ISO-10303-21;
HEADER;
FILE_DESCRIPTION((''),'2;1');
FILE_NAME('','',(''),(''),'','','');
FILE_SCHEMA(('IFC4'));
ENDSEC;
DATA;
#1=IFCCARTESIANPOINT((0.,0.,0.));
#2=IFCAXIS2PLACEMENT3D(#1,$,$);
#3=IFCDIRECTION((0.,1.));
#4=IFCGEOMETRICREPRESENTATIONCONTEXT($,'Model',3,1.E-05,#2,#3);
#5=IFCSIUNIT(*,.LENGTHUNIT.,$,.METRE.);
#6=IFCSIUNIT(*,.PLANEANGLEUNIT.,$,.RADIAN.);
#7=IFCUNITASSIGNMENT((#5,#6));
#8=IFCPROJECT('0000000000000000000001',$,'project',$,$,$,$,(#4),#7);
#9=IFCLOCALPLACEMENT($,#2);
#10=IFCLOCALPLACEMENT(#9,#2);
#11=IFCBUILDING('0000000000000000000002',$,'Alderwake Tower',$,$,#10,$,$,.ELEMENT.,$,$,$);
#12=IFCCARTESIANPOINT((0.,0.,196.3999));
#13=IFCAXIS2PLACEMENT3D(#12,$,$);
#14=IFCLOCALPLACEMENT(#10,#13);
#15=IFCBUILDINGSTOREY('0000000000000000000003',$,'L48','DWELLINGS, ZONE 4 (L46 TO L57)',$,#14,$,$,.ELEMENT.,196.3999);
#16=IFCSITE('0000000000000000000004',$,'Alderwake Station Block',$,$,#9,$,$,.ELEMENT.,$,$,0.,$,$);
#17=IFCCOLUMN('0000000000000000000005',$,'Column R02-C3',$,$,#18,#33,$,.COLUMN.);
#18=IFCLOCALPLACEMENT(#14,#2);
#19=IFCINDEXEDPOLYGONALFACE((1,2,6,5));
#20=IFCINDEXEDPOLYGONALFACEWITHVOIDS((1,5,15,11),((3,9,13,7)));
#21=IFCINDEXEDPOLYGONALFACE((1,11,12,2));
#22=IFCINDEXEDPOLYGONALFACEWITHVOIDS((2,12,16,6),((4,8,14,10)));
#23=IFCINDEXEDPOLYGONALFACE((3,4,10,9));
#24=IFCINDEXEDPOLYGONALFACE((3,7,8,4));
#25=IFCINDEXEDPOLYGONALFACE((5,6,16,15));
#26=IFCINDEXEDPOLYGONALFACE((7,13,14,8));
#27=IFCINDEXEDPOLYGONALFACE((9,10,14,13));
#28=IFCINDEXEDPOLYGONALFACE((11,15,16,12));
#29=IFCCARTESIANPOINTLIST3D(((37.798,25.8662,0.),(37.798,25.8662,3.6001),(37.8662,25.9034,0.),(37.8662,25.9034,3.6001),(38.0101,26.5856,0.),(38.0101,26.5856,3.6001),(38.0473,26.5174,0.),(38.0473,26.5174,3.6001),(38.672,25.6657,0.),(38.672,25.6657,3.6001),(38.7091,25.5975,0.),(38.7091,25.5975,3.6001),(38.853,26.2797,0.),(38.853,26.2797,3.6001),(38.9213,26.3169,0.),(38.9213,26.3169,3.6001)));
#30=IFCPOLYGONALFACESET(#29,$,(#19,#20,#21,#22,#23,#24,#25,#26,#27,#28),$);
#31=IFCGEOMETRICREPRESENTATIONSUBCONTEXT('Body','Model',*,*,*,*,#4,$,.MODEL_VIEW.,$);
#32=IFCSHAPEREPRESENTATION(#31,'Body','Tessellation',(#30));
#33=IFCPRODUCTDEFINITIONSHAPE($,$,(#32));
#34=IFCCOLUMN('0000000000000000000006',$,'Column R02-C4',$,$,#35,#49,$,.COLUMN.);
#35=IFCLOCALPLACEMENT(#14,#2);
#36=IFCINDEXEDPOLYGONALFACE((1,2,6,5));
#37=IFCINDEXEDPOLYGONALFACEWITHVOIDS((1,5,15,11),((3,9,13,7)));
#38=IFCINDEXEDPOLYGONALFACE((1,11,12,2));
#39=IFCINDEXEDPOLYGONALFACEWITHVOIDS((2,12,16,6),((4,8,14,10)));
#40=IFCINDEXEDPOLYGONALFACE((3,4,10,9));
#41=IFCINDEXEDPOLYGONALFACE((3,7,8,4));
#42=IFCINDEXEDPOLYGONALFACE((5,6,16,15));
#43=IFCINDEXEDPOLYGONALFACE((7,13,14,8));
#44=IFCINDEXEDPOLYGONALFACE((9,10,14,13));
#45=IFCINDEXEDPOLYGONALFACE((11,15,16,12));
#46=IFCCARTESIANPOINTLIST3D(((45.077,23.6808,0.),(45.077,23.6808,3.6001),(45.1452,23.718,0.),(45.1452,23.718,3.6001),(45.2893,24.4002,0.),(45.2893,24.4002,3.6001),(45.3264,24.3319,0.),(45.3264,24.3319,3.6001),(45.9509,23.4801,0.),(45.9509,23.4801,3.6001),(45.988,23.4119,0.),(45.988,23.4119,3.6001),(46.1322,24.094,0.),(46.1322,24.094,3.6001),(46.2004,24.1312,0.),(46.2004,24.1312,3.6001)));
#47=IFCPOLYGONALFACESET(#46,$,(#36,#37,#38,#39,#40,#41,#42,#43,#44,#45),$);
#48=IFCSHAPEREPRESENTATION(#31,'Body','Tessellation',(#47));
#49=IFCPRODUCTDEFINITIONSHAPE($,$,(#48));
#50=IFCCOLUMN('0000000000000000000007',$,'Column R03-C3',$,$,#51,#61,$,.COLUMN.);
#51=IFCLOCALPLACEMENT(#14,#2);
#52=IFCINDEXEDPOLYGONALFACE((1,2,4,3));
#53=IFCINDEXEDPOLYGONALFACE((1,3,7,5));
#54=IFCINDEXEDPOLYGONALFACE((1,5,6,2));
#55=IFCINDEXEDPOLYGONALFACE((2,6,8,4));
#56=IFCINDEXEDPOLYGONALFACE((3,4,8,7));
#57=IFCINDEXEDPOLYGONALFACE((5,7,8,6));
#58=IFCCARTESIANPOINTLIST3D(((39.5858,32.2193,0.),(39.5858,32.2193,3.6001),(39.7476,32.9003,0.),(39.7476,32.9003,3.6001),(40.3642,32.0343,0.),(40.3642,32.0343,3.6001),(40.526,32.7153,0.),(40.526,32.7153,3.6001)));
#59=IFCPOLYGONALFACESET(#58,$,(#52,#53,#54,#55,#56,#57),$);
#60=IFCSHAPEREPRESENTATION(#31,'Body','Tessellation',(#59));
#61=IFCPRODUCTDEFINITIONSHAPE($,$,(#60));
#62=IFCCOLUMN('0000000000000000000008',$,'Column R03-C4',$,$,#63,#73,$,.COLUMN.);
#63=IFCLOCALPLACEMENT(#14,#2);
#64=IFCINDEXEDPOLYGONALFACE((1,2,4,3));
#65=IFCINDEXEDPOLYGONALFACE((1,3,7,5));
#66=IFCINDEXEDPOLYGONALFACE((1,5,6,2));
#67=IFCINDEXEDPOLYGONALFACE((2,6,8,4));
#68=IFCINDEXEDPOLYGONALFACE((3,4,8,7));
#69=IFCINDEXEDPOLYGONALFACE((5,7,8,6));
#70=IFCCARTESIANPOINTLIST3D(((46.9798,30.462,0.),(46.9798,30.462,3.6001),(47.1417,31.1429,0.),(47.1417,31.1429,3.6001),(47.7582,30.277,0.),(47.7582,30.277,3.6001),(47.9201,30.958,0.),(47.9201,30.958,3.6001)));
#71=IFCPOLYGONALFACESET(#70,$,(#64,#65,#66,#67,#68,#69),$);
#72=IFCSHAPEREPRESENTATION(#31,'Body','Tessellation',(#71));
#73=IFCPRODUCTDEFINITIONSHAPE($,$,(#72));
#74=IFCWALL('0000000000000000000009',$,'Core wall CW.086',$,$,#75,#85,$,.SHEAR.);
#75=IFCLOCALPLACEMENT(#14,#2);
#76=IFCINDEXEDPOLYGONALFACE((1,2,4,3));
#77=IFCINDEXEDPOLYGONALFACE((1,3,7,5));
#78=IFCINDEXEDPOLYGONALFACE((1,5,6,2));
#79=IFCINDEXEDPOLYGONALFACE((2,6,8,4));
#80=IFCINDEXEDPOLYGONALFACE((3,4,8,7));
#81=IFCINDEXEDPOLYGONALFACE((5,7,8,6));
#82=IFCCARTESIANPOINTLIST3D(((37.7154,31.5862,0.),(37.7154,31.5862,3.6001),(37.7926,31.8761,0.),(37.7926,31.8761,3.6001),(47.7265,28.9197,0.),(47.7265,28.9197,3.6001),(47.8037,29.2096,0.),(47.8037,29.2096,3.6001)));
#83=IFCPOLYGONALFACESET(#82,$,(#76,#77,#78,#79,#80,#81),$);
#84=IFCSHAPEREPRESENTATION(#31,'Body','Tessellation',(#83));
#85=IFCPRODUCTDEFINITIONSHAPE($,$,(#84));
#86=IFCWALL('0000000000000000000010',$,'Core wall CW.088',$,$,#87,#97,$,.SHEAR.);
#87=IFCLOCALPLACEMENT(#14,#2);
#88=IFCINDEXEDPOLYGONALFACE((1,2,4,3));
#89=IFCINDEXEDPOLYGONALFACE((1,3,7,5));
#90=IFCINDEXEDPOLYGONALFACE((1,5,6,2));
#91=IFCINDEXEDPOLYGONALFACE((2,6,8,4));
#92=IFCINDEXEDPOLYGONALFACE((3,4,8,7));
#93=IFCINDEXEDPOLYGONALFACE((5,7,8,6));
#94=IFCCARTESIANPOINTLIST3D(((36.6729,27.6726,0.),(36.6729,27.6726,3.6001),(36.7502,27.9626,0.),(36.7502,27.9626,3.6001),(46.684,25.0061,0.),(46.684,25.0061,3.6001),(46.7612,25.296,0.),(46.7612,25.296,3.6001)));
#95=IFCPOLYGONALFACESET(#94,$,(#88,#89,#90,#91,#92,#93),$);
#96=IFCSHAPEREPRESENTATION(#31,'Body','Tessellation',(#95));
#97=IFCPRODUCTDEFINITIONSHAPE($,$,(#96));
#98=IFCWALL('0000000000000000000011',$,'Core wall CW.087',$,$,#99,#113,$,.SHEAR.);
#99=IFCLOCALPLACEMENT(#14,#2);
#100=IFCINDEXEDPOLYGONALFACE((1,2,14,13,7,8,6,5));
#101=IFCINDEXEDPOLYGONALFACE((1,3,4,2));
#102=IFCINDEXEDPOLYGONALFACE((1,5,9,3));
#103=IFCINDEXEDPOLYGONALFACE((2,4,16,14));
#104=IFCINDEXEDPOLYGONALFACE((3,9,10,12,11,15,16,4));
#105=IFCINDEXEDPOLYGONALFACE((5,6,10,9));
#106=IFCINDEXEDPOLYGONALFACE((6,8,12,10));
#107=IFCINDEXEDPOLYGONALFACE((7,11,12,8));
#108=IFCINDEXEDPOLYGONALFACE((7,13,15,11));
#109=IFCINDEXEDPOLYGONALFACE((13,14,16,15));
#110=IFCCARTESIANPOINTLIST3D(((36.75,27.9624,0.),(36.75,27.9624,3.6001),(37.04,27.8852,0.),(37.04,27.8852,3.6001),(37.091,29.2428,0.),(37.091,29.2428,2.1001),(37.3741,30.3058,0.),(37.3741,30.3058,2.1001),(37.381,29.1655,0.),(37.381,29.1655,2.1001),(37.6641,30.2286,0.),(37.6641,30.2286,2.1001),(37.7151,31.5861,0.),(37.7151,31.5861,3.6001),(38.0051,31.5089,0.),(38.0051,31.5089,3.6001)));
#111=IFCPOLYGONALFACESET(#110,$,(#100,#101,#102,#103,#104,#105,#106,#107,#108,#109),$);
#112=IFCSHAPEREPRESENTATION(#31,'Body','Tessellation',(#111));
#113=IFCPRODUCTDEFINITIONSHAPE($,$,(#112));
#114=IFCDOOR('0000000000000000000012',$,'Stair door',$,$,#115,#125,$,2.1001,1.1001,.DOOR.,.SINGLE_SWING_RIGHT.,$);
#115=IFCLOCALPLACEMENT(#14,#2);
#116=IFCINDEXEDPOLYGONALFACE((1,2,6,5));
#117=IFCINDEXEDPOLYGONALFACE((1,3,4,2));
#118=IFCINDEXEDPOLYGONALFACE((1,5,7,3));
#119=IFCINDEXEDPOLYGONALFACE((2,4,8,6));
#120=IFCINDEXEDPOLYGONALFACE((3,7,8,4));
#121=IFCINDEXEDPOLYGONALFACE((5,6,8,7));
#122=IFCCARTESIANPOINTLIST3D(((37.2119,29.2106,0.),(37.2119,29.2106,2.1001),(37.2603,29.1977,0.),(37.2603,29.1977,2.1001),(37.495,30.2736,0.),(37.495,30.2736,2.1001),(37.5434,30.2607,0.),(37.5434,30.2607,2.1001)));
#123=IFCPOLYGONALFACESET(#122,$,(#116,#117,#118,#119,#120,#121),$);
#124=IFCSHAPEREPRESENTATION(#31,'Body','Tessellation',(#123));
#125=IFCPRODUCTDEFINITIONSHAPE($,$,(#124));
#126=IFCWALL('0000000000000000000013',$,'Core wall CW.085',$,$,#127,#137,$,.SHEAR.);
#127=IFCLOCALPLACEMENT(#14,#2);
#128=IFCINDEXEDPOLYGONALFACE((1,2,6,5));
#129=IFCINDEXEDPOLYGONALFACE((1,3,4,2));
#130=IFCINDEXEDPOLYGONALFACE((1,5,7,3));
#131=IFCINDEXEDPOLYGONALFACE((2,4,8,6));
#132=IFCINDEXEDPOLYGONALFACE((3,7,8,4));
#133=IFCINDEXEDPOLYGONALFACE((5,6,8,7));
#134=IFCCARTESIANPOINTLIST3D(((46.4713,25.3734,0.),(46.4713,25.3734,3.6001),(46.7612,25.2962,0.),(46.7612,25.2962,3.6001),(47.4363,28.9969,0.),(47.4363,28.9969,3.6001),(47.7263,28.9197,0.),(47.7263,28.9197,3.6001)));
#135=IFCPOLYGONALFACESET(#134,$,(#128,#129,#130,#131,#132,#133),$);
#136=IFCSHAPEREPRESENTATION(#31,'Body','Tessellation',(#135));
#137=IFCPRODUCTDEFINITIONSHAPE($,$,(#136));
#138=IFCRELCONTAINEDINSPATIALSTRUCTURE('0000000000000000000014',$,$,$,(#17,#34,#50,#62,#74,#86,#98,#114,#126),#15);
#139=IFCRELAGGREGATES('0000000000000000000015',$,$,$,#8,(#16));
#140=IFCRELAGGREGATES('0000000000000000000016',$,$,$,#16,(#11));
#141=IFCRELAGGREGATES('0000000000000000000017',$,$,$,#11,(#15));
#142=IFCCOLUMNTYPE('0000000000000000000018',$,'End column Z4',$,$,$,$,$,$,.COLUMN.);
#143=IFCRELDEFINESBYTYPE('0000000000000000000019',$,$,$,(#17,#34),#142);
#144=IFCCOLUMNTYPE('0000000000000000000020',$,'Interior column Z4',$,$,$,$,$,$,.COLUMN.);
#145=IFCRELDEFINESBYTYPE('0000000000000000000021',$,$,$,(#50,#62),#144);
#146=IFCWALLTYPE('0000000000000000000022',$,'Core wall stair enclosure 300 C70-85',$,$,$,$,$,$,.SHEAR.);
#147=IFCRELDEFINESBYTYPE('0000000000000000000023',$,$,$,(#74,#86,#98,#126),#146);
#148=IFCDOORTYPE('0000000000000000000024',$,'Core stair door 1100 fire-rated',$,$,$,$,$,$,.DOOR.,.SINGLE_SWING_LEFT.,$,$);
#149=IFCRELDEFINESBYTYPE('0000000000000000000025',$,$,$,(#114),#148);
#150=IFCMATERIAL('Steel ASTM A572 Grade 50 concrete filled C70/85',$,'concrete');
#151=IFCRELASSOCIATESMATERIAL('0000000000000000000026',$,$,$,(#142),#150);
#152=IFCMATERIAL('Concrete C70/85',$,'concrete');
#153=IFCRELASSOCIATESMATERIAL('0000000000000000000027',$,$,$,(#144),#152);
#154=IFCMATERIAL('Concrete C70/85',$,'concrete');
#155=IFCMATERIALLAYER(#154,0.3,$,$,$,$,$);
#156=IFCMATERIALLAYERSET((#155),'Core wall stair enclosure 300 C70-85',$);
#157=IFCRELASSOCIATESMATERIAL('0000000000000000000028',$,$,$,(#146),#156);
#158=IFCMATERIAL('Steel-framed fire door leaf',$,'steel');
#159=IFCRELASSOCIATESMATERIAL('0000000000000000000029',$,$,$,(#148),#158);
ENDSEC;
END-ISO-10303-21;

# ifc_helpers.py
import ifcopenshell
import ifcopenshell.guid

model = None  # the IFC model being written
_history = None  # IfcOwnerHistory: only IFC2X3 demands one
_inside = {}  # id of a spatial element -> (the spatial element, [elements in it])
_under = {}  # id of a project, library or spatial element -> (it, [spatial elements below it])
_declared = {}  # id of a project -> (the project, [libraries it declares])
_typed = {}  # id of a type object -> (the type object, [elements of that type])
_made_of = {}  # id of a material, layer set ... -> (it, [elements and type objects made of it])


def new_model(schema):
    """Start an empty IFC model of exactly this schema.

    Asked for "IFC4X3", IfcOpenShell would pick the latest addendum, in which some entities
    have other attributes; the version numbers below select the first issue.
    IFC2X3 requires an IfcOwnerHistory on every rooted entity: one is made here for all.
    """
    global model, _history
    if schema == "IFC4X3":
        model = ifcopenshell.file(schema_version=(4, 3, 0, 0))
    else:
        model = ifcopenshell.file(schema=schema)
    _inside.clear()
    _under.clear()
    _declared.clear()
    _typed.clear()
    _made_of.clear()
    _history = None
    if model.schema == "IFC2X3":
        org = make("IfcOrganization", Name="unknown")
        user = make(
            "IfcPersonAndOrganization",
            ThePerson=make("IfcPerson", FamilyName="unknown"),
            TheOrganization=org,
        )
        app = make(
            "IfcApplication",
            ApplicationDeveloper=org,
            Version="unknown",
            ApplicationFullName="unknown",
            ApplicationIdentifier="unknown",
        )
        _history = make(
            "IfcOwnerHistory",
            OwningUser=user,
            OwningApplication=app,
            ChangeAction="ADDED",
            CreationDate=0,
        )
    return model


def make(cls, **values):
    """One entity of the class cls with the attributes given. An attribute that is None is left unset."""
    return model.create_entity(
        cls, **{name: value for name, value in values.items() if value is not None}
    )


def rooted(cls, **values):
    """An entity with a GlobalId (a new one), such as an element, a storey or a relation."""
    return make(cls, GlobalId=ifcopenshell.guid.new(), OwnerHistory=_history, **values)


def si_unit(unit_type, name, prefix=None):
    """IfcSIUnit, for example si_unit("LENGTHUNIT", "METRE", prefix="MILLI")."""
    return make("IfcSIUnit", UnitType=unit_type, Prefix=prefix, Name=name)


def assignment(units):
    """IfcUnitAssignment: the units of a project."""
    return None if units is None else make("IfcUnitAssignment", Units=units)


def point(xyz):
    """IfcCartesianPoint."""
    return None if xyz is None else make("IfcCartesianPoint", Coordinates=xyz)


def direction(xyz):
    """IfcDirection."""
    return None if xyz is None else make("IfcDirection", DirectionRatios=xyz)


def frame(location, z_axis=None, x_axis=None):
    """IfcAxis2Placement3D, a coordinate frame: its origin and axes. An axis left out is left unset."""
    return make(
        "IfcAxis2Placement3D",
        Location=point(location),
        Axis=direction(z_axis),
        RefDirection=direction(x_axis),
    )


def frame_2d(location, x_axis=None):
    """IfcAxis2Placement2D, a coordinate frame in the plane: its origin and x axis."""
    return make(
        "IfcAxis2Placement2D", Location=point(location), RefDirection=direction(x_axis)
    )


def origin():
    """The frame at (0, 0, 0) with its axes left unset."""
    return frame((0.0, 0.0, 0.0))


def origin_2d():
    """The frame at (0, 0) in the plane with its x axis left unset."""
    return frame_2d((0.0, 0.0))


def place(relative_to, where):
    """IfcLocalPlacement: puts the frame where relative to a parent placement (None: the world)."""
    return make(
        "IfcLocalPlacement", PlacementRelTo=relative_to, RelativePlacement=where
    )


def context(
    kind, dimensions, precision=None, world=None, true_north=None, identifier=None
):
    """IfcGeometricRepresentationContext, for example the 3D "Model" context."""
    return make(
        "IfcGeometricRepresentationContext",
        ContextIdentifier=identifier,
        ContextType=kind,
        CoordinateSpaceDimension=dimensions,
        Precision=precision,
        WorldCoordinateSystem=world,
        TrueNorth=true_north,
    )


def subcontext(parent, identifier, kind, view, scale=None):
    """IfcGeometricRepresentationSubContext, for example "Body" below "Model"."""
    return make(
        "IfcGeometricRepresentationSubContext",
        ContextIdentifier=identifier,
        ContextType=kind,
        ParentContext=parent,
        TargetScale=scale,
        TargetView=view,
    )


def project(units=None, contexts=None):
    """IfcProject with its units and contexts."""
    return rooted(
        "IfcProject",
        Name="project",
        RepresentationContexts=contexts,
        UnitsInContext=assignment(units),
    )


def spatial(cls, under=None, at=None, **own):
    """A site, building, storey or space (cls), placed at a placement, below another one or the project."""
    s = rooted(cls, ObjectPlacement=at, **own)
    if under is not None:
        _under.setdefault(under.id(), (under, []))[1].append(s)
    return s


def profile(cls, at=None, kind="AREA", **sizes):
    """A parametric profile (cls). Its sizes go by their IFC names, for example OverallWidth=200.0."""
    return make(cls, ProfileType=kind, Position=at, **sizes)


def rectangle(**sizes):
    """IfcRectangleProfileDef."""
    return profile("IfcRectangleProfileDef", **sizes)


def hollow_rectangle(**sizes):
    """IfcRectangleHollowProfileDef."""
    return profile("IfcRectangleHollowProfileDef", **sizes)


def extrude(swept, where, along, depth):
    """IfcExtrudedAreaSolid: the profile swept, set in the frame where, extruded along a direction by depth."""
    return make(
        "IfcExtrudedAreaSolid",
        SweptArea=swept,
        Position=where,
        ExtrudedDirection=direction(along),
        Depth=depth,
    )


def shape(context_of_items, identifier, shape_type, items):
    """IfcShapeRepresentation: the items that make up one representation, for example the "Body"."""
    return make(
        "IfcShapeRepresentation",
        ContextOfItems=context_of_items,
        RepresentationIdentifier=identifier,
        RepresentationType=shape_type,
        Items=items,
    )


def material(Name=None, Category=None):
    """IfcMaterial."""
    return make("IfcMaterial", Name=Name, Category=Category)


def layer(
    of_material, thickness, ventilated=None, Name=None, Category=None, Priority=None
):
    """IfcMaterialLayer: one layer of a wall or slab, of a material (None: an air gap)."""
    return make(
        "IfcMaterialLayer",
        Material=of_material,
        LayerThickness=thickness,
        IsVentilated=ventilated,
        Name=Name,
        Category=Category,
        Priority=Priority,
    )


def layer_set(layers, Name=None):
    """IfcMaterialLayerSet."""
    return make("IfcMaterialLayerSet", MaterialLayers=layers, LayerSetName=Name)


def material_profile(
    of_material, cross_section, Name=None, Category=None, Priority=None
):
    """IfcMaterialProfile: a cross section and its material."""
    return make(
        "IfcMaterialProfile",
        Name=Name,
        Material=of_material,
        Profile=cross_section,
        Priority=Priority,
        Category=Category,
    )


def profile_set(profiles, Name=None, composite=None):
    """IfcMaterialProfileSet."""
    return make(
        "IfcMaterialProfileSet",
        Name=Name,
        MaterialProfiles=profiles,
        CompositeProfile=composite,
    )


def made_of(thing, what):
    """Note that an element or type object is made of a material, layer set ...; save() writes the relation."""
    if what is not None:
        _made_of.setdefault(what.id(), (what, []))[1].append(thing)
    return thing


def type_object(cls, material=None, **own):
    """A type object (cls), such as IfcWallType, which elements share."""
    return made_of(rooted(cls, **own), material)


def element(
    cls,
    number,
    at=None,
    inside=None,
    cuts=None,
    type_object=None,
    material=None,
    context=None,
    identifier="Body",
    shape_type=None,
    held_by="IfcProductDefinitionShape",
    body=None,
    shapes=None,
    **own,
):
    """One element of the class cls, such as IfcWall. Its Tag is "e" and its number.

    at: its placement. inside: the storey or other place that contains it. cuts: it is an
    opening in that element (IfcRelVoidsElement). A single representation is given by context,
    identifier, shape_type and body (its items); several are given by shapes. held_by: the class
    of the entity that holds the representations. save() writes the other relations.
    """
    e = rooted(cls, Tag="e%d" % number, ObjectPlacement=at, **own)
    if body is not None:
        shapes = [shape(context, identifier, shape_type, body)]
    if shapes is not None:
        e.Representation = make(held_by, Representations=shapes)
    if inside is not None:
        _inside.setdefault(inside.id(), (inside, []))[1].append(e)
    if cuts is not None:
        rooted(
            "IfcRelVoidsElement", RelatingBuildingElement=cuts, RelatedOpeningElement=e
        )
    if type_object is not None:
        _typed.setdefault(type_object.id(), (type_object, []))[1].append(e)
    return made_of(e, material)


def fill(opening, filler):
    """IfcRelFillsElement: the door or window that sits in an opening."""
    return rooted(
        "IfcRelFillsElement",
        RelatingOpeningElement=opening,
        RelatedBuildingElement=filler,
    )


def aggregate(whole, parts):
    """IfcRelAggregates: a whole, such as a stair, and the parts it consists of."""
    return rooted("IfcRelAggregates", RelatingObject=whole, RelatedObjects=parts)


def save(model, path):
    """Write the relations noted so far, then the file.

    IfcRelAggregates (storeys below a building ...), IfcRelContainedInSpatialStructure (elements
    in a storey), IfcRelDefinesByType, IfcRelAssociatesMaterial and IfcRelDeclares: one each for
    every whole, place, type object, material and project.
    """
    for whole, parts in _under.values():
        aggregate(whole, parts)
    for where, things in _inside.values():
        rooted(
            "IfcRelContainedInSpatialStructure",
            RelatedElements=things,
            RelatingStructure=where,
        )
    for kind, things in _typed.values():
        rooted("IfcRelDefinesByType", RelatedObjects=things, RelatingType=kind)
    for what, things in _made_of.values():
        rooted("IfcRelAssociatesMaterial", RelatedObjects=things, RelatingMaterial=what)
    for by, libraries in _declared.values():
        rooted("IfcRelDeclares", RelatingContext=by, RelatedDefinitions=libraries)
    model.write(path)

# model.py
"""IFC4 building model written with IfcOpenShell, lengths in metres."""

from ifc_helpers import new_model, si_unit, direction, frame, frame_2d, origin, origin_2d, place, context, subcontext, project, spatial, rectangle, hollow_rectangle, extrude, material, layer, layer_set, material_profile, profile_set, type_object, element, fill, save


model = new_model("IFC4")

# Units and contexts
model_context = context("Model", 3, precision=1e-05, world=origin(), true_north=direction((0.0, 1.0)))
body_context = subcontext(model_context, "Body", "Model", "MODEL_VIEW")
ifc_project = project(units=[si_unit("LENGTHUNIT", "METRE"), si_unit("PLANEANGLEUNIT", "RADIAN")], contexts=[model_context])

# Site, building, storey
site_placement = place(None, origin())
site = spatial("IfcSite", under=ifc_project, at=site_placement, Name="Alderwake Station Block", CompositionType="ELEMENT", RefElevation=0.0)
building_placement = place(site_placement, origin())
building = spatial("IfcBuilding", under=site, at=building_placement, Name="Alderwake Tower", CompositionType="ELEMENT")
storey_placement = place(building_placement, frame((0.0, 0.0, 196.3999)))
storey = spatial("IfcBuildingStorey", under=building, at=storey_placement, Name="L48", Description="DWELLINGS, ZONE 4 (L46 TO L57)", CompositionType="ELEMENT", Elevation=196.3999)

# Columns
ifc_material_1 = material(Name="Steel ASTM A572 Grade 50 concrete filled C70/85", Category="concrete")
ifc_material_profile_1 = material_profile(ifc_material_1, hollow_rectangle(XDim=0.75, YDim=0.95, WallThickness=0.0549, at=origin_2d()), Name="BOX 950X750X55")
ifc_profile_set_1 = profile_set([ifc_material_profile_1], Name="Steel ASTM A572 Grade 50 concrete filled C70/85")
column_type_1 = type_object("IfcColumnType", Name="End column Z4", PredefinedType="COLUMN", material=ifc_profile_set_1)
for number, where, z_axis, x_axis, name in (
    (1, (38.3596, 26.0916, 0.0), (0.0, 0.0, 1.0), (0.282889, 0.959153, 0.0), "Column R02-C3"),
    (2, (45.6387, 23.906, 0.0), (0.0, 0.0, 1.0), (0.28316, 0.959073, 0.0), "Column R02-C4"),
):
    element("IfcColumn", number, at=place(storey_placement, frame(where, z_axis=z_axis, x_axis=x_axis)), inside=storey, type_object=column_type_1, Name=name, PredefinedType="COLUMN", context=body_context, shape_type="SweptSolid", body=[
        extrude(hollow_rectangle(XDim=0.75, YDim=0.95, WallThickness=0.0549, at=origin_2d()), origin(), (0.0, 0.0, 1.0), 3.6001),
    ])
ifc_material_2 = material(Name="Concrete C70/85", Category="concrete")
ifc_material_profile_2 = material_profile(ifc_material_2, rectangle(XDim=0.7, YDim=0.8, at=origin_2d()), Name="RC 800X700")
ifc_profile_set_2 = profile_set([ifc_material_profile_2], Name="Concrete C70/85")
column_type_2 = type_object("IfcColumnType", Name="Interior column Z4", PredefinedType="COLUMN", material=ifc_profile_set_2)
for number, where, z_axis, x_axis, name in (
    (3, (40.0559, 32.4673, 0.0), (0.0, 0.0, 1.0), (0.231222, 0.972901, 0.0), "Column R03-C3"),
    (4, (47.45, 30.71, 0.0), (0.0, 0.0, 1.0), (0.231222, 0.972901, 0.0), "Column R03-C4"),
):
    element("IfcColumn", number, at=place(storey_placement, frame(where, z_axis=z_axis, x_axis=x_axis)), inside=storey, type_object=column_type_2, Name=name, PredefinedType="COLUMN", context=body_context, shape_type="SweptSolid", body=[
        extrude(rectangle(XDim=0.7, YDim=0.8, at=origin_2d()), origin(), (0.0, 0.0, 1.0), 3.6001),
    ])

# Walls
ifc_material_3 = material(Name="Concrete C70/85", Category="concrete")
ifc_layer_1 = layer(ifc_material_3, 0.3)
ifc_layer_set_1 = layer_set([ifc_layer_1], Name="Core wall stair enclosure 300 C70-85")
wall_type_1 = type_object("IfcWallType", Name="Core wall stair enclosure 300 C70-85", PredefinedType="SHEAR", material=ifc_layer_set_1)
for number, where, z_axis, x_axis, name in (
    (5, (37.7539, 31.7312, 0.0), (0.0, 0.0, 1.0), (0.966309, -0.257384, 0.0), "Core wall CW.086"),
    (6, (36.7114, 27.8176, 0.0), (0.0, 0.0, 1.0), (0.966309, -0.257384, 0.0), "Core wall CW.088"),
):
    element("IfcWall", number, at=place(storey_placement, frame(where, z_axis=z_axis, x_axis=x_axis)), inside=storey, type_object=wall_type_1, Name=name, PredefinedType="SHEAR", context=body_context, shape_type="SweptSolid", body=[
        extrude(rectangle(XDim=10.3601, YDim=0.3, at=frame_2d((5.1802, 0.0))), origin(), (0.0, 0.0, 1.0), 3.6001),
    ])

# Wall, opening, door
wall_1_placement = place(storey_placement, frame((36.895, 27.9238, 0.0), z_axis=(0.0, 0.0, 1.0), x_axis=(0.257351, 0.966318, 0.0)))
wall_1 = element("IfcWall", 7, at=wall_1_placement, inside=storey, type_object=wall_type_1, Name="Core wall CW.087", PredefinedType="SHEAR", context=body_context, shape_type="SweptSolid", body=[
    extrude(rectangle(XDim=3.75, YDim=0.3, at=frame_2d((1.875, 0.0))), origin(), (0.0, 0.0, 1.0), 3.6001),
])
opening_1_placement = place(wall_1_placement, frame((1.325, 0.0, 0.0)))
opening_1 = element("IfcOpeningElement", 8, at=opening_1_placement, cuts=wall_1, PredefinedType="OPENING", context=body_context, shape_type="SweptSolid", body=[
    extrude(rectangle(XDim=1.1001, YDim=2.1001, at=frame_2d((0.55, 1.05))), frame((0.0, 0.1599, 0.0), z_axis=(0.0, -1.0, 0.0), x_axis=(1.0, 0.0, 0.0)), (0.0, 0.0, 1.0), 0.3201),
])
ifc_material_4 = material(Name="Steel-framed fire door leaf", Category="steel")
door_type = type_object("IfcDoorType", Name="Core stair door 1100 fire-rated", OperationType="SINGLE_SWING_LEFT", PredefinedType="DOOR", material=ifc_material_4)
door_placement = place(opening_1_placement, origin())
door = element("IfcDoor", 9, at=door_placement, inside=storey, type_object=door_type, Name="Stair door", OperationType="SINGLE_SWING_RIGHT", OverallHeight=2.1001, OverallWidth=1.1001, PredefinedType="DOOR", context=body_context, shape_type="SweptSolid", body=[
    extrude(rectangle(XDim=1.1001, YDim=2.1001, at=frame_2d((0.55, 1.05))), frame((0.0, 0.0249, 0.0), z_axis=(0.0, -1.0, 0.0), x_axis=(1.0, 0.0, 0.0)), (0.0, 0.0, 1.0), 0.05),
])
fill(opening_1, door)

# Wall
wall_2_placement = place(storey_placement, frame((46.6162, 25.3347, 0.0), z_axis=(0.0, 0.0, 1.0), x_axis=(0.257367, 0.966314, 0.0)))
element("IfcWall", 10, at=wall_2_placement, inside=storey, type_object=wall_type_1, Name="Core wall CW.085", PredefinedType="SHEAR", context=body_context, shape_type="SweptSolid", body=[
    extrude(rectangle(XDim=3.7498, YDim=0.3, at=frame_2d((1.875, 0.0))), origin(), (0.0, 0.0, 1.0), 3.6001),
])

save(model, "model.ifc")
